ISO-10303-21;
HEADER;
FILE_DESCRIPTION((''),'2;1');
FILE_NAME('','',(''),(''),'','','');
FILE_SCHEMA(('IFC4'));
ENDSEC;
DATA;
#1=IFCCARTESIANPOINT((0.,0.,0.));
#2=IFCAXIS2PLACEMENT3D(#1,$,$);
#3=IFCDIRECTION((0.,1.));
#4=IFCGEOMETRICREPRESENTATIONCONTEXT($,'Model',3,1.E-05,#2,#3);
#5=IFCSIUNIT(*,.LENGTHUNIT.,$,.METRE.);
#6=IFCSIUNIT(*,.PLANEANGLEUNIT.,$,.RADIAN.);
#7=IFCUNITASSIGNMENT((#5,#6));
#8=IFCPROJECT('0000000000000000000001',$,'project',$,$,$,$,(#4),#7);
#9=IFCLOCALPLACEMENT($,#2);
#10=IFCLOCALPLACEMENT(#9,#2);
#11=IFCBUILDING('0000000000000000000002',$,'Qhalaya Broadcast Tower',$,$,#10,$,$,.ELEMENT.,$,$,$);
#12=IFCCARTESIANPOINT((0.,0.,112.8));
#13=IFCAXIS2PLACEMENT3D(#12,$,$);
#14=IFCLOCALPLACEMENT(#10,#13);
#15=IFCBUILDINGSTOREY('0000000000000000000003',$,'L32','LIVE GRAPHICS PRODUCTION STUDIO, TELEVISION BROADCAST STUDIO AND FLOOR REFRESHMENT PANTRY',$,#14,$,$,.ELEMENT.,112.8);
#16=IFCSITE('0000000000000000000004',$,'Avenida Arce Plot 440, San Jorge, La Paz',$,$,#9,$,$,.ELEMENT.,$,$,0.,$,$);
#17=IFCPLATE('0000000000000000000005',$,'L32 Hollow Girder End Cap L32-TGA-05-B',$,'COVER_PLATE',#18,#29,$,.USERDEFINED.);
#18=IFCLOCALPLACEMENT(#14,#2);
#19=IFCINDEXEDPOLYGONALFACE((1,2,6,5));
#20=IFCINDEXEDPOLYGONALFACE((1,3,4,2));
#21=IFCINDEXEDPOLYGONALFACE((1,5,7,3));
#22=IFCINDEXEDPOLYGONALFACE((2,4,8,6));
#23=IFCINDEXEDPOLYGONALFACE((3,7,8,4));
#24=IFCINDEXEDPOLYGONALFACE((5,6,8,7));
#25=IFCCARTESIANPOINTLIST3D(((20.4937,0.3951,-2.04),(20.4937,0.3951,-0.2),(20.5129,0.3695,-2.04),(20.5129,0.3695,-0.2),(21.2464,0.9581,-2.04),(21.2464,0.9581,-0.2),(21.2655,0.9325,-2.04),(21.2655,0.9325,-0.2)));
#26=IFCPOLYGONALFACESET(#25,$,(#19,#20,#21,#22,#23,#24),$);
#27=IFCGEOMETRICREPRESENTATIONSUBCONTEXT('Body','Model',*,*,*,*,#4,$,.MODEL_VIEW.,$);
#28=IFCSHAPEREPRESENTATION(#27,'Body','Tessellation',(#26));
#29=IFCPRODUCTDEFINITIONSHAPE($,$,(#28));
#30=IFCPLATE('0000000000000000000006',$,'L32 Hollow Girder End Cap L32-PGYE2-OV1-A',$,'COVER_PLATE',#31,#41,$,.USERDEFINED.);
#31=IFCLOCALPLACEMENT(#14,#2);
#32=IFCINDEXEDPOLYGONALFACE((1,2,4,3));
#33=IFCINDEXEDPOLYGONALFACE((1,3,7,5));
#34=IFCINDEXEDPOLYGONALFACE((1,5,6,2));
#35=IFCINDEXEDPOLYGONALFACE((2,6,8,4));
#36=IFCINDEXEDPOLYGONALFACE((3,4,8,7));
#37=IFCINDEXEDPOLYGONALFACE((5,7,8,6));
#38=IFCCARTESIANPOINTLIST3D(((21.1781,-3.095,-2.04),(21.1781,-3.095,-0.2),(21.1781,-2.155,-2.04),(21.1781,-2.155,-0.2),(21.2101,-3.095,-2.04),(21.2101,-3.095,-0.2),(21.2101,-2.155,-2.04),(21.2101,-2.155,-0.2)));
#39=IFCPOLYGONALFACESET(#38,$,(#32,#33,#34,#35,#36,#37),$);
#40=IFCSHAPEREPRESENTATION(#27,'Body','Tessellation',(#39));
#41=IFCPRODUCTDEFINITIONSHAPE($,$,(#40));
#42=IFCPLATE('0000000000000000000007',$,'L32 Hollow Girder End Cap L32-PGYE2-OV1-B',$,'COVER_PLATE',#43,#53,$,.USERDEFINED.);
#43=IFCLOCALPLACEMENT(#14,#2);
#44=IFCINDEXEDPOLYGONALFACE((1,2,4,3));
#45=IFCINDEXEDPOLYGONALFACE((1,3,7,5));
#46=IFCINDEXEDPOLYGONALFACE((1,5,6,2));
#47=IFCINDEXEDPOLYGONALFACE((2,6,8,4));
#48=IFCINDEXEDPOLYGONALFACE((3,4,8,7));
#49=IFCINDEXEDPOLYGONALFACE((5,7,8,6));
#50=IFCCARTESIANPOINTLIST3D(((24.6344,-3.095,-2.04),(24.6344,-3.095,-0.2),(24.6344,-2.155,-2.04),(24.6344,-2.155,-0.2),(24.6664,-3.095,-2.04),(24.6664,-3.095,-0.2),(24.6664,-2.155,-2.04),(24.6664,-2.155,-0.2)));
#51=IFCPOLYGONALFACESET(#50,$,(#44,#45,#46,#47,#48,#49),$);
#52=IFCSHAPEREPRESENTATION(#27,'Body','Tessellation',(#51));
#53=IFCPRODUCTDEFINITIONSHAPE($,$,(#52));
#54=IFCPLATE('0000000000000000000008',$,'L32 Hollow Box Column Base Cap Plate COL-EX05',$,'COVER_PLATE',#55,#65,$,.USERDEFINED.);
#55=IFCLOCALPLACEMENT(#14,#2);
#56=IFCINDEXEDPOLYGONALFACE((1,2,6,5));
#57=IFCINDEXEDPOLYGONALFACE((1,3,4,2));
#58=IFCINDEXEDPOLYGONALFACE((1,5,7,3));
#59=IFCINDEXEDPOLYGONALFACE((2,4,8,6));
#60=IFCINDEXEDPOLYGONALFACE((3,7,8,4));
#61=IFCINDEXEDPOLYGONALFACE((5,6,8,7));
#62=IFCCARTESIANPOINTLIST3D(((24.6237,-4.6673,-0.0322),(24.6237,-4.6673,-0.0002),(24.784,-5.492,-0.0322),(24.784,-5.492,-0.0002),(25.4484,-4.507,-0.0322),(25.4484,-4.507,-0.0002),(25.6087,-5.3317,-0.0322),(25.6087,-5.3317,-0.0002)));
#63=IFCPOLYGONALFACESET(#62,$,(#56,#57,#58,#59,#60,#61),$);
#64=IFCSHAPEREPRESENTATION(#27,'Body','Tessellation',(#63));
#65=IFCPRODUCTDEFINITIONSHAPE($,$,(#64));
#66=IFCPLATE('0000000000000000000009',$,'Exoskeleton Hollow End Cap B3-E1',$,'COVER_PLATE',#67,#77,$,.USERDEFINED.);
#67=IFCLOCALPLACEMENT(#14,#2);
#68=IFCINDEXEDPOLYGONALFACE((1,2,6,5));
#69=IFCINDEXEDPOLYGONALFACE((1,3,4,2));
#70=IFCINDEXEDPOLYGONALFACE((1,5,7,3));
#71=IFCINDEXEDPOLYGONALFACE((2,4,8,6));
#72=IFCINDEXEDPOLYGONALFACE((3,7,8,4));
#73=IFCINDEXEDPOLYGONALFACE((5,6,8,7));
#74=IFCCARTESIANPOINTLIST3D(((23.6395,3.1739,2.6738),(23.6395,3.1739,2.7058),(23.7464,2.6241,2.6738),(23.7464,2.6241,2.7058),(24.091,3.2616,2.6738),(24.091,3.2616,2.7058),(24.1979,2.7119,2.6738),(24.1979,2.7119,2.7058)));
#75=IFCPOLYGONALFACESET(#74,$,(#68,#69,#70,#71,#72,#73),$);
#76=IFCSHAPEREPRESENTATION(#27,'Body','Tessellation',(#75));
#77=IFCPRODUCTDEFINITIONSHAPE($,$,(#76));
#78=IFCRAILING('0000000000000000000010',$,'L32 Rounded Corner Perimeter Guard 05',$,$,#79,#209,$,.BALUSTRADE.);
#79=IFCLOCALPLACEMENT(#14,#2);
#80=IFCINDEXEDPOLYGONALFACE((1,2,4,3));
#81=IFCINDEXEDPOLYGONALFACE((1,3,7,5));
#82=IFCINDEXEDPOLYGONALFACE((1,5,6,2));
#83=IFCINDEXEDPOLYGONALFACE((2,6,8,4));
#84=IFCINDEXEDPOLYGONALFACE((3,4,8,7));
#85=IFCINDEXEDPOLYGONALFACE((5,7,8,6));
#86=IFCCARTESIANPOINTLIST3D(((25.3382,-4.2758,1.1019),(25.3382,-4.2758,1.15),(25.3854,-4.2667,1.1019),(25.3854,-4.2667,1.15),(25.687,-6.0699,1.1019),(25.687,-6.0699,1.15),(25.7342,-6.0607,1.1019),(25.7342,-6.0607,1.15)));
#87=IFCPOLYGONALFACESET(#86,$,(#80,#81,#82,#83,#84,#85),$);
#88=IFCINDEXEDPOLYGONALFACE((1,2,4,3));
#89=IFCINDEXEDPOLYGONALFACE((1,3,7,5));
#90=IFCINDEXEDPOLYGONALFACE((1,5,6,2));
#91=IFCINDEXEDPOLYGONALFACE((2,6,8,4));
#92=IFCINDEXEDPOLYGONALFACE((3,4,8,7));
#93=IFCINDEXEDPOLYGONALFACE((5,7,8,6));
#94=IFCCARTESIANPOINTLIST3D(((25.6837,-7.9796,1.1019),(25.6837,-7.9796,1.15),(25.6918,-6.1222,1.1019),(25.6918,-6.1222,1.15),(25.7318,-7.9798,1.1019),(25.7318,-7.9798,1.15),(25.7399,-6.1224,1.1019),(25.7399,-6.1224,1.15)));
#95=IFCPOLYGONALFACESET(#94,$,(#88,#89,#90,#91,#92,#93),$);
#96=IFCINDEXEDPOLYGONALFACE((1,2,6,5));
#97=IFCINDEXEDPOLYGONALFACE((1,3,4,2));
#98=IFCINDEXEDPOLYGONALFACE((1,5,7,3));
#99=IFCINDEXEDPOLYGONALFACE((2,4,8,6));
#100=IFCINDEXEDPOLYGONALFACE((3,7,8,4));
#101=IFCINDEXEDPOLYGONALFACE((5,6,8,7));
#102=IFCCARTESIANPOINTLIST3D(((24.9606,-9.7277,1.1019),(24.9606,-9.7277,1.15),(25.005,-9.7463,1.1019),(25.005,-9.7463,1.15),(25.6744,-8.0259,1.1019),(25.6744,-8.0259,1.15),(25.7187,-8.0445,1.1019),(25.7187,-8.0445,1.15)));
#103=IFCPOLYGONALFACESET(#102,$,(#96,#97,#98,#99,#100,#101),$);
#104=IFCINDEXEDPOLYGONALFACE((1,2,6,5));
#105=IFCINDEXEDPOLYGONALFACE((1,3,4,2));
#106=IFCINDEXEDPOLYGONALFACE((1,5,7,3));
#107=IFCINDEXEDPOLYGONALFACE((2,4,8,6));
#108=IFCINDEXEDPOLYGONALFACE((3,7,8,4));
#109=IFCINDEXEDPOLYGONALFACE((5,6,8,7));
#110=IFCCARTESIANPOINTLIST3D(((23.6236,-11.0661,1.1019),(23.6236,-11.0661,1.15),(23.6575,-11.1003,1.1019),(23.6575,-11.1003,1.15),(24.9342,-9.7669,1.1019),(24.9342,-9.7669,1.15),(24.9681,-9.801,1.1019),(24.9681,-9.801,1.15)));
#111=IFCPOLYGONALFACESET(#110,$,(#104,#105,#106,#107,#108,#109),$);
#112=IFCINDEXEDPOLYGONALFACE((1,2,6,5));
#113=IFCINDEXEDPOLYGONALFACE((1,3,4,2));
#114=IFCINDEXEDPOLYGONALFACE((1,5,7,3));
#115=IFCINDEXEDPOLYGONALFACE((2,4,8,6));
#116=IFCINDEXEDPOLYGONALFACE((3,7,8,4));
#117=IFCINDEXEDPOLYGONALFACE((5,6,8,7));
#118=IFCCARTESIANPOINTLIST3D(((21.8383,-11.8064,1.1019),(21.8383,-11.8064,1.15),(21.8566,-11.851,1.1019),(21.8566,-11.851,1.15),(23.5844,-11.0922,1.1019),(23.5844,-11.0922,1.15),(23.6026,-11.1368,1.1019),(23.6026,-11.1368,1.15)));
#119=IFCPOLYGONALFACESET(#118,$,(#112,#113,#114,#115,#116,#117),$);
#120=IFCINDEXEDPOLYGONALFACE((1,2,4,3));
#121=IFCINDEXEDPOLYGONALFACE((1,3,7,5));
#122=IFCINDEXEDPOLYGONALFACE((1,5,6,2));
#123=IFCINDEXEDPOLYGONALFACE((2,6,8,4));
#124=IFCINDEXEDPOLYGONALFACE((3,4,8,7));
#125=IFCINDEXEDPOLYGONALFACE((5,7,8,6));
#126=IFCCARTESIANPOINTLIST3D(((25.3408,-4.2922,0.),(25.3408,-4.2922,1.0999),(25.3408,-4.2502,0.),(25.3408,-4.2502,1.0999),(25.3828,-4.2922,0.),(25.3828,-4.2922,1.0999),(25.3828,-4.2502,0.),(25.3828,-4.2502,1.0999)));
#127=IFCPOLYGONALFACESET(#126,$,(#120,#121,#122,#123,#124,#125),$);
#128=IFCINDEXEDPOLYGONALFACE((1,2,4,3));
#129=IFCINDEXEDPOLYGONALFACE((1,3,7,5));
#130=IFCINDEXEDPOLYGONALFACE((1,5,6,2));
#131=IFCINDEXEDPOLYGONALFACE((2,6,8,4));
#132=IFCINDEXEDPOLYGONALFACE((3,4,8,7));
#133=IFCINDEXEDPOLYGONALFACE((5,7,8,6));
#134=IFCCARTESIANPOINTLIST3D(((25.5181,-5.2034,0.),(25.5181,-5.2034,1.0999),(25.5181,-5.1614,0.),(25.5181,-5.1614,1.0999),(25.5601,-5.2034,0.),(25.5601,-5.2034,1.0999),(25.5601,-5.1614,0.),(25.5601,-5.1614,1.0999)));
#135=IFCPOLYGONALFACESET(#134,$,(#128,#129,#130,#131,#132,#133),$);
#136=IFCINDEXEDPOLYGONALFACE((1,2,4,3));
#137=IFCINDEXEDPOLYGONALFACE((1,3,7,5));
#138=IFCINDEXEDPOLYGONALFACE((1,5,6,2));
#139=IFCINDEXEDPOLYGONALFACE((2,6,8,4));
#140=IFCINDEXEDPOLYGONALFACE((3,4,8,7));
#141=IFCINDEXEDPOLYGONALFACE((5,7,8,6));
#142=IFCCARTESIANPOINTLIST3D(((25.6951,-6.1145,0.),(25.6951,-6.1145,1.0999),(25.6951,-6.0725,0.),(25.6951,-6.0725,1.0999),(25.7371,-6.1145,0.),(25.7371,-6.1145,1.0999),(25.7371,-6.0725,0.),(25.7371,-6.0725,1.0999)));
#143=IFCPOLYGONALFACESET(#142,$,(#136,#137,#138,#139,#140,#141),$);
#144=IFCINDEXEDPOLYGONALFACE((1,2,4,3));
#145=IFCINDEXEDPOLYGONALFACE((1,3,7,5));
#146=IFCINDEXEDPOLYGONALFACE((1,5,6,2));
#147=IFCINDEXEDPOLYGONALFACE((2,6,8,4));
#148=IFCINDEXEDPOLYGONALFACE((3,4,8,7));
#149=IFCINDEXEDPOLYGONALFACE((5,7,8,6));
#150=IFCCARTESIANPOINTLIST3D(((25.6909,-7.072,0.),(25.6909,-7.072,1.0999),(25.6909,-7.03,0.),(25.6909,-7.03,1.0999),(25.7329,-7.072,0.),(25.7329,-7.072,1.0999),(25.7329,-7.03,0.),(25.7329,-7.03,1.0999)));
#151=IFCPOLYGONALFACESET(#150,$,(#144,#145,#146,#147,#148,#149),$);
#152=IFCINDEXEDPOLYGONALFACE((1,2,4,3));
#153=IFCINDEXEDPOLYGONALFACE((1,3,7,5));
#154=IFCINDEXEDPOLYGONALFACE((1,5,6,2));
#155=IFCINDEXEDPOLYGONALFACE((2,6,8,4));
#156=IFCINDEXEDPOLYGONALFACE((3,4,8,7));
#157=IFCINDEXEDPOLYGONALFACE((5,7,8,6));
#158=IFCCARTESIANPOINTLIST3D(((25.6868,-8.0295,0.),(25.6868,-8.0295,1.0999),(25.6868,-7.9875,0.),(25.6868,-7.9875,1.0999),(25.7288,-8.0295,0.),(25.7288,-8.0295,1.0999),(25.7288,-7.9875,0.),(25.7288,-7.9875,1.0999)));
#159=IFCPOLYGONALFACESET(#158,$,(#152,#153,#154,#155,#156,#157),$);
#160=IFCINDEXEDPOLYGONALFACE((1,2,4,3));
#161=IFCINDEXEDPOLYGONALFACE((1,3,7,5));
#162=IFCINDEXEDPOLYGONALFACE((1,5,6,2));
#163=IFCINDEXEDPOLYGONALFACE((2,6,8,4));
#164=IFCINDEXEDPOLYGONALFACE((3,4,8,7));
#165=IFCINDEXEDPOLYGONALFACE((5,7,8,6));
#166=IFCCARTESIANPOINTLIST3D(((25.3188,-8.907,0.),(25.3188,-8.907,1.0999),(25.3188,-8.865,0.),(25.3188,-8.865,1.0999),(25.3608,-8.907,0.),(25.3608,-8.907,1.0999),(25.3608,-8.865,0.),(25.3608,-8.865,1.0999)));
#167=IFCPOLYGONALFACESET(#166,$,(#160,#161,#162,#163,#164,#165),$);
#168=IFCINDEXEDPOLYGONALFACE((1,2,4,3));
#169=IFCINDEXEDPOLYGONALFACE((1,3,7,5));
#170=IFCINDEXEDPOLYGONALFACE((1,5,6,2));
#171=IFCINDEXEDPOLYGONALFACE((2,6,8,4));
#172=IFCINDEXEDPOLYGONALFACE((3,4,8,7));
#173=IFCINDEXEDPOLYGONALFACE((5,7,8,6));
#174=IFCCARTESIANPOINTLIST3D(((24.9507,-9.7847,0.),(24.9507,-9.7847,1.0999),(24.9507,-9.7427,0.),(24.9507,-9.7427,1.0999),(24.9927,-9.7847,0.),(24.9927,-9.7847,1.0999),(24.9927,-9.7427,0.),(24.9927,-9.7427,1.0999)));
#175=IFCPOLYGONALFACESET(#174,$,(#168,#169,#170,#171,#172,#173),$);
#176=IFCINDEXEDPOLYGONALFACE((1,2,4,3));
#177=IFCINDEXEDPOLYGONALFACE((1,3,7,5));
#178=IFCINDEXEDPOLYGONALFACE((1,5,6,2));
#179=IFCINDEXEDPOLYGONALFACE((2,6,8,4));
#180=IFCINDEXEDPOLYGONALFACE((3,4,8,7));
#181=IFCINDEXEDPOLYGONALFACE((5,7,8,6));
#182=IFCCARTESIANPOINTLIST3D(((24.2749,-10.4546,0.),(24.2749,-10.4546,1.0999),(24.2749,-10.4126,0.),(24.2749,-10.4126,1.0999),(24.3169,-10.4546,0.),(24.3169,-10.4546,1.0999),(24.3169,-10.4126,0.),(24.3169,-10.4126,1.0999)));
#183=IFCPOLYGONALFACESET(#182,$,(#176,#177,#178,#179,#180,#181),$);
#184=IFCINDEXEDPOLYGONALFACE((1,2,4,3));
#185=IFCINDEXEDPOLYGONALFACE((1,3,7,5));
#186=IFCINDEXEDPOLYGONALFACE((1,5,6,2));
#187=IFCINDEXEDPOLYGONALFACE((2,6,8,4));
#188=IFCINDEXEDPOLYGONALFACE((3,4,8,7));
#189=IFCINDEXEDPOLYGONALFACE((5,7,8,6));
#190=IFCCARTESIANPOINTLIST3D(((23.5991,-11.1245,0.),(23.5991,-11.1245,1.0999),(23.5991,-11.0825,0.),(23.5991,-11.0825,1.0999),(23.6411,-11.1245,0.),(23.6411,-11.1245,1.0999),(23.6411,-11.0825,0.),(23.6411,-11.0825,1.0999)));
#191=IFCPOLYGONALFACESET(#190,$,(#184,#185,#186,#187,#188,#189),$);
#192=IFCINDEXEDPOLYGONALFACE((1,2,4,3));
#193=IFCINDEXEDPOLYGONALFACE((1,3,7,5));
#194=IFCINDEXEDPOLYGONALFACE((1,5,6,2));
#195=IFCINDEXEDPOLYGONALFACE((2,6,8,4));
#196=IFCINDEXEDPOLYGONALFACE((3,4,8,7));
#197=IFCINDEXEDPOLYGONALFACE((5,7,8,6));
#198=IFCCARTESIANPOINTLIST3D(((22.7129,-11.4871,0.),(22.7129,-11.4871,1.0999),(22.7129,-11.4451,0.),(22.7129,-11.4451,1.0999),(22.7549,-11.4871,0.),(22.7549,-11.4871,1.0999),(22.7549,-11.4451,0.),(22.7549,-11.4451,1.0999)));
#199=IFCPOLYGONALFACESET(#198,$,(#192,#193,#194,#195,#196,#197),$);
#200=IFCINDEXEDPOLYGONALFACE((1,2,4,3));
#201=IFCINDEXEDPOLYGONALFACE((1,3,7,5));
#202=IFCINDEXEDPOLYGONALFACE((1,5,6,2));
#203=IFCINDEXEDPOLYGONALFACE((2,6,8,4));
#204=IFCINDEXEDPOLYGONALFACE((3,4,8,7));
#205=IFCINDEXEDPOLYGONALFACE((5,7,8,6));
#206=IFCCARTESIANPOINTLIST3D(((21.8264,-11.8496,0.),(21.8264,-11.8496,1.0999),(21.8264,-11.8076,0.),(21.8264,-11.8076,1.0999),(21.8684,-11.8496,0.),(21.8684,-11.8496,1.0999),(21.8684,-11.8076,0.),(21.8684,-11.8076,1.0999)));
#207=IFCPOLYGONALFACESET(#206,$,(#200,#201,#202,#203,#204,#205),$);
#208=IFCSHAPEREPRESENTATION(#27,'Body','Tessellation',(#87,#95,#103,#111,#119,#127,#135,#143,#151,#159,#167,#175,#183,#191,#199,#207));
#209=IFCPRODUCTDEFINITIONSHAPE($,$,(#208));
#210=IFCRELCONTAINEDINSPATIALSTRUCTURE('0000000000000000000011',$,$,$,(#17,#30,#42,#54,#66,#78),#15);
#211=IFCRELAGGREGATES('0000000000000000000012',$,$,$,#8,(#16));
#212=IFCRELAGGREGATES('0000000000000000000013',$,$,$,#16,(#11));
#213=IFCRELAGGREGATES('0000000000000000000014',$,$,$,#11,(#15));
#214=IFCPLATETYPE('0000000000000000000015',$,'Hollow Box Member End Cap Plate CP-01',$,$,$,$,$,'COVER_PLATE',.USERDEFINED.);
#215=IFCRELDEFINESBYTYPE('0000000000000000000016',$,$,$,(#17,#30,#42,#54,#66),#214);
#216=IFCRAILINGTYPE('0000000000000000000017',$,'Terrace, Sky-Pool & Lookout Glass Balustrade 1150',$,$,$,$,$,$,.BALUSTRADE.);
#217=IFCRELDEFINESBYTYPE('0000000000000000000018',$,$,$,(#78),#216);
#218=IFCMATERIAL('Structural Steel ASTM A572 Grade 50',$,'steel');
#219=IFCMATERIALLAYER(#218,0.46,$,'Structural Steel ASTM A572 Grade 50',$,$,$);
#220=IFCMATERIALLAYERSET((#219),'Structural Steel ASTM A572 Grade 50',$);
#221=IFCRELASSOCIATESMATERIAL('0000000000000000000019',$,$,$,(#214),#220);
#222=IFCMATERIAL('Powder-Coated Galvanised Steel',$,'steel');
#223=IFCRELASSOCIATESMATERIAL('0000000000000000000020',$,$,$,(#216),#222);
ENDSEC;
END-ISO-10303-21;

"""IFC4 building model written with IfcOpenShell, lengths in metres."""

from ifc_helpers import new_model, si_unit, direction, frame, origin, origin_2d, place, context, subcontext, project, spatial, rectangle, extrude, material, layer, layer_set, type_object, element, save


model = new_model("IFC4")

# Units and contexts
model_context = context("Model", 3, precision=1e-05, world=origin(), true_north=direction((0.0, 1.0)))
body_context = subcontext(model_context, "Body", "Model", "MODEL_VIEW")
ifc_project = project(units=[si_unit("LENGTHUNIT", "METRE"), si_unit("PLANEANGLEUNIT", "RADIAN")], contexts=[model_context])

# Site, building, storey
site_placement = place(None, origin())
site = spatial("IfcSite", under=ifc_project, at=site_placement, Name="Avenida Arce Plot 440, San Jorge, La Paz", CompositionType="ELEMENT", RefElevation=0.0)
building_placement = place(site_placement, origin())
building = spatial("IfcBuilding", under=site, at=building_placement, Name="Qhalaya Broadcast Tower", CompositionType="ELEMENT")
storey_placement = place(building_placement, frame((0.0, 0.0, 112.8)))
storey = spatial("IfcBuildingStorey", under=building, at=storey_placement, Name="L32", Description="LIVE GRAPHICS PRODUCTION STUDIO, TELEVISION BROADCAST STUDIO AND FLOOR REFRESHMENT PANTRY", CompositionType="ELEMENT", Elevation=112.8)

# Shared definitions
ifc_material_1 = material(Name="Structural Steel ASTM A572 Grade 50", Category="steel")

# Plates
ifc_layer_1 = layer(ifc_material_1, 0.46, Name="Structural Steel ASTM A572 Grade 50")
ifc_layer_set_1 = layer_set([ifc_layer_1], Name="Structural Steel ASTM A572 Grade 50")
plate_type_1 = type_object("IfcPlateType", Name="Hollow Box Member End Cap Plate CP-01", ElementType="COVER_PLATE", PredefinedType="USERDEFINED", material=ifc_layer_set_1)
for number, where, z_axis, x_axis, name in (
    (1, (20.8796, 0.6638, -2.04), (0.0, 0.0, 1.0), (0.800731, 0.599024, 0.0), "L32 Hollow Girder End Cap L32-TGA-05-B"),
    (2, (21.1941, -2.625, -2.04), (0.0, 0.0, 1.0), (0.0, 1.0, 0.0), "L32 Hollow Girder End Cap L32-PGYE2-OV1-A"),
    (3, (24.6504, -2.625, -2.04), (0.0, 0.0, 1.0), (0.0, 1.0, 0.0), "L32 Hollow Girder End Cap L32-PGYE2-OV1-B"),
):
    element("IfcPlate", number, at=place(storey_placement, frame(where, z_axis=z_axis, x_axis=x_axis)), inside=storey, type_object=plate_type_1, Name=name, ObjectType="COVER_PLATE", PredefinedType="USERDEFINED", context=body_context, shape_type="SweptSolid", body=[
        extrude(rectangle(XDim=0.9399, YDim=0.032, at=origin_2d()), origin(), (0.0, 0.0, 1.0), 1.8401),
    ])
plate_1_placement = place(storey_placement, frame((25.1162, -4.9995, -0.0322), z_axis=(0.0, 0.0, 1.0), x_axis=(-0.190809, 0.981627, 0.0)))
element("IfcPlate", 4, at=plate_1_placement, inside=storey, type_object=plate_type_1, Name="L32 Hollow Box Column Base Cap Plate COL-EX05", ObjectType="COVER_PLATE", PredefinedType="USERDEFINED", context=body_context, shape_type="SweptSolid", body=[
    extrude(rectangle(XDim=0.8401, YDim=0.8401, at=origin_2d()), origin(), (0.0, 0.0, 1.0), 0.032),
])
plate_2_placement = place(storey_placement, frame((23.9187, 2.9429, 2.6738), z_axis=(0.0, 0.0, 1.0), x_axis=(-0.190809, 0.981627, 0.0)))
element("IfcPlate", 5, at=plate_2_placement, inside=storey, type_object=plate_type_1, Name="Exoskeleton Hollow End Cap B3-E1", ObjectType="COVER_PLATE", PredefinedType="USERDEFINED", context=body_context, shape_type="SweptSolid", body=[
    extrude(rectangle(XDim=0.5601, YDim=0.46, at=origin_2d()), origin(), (0.0, 0.0, 1.0), 0.032),
])

# Railing
ifc_material_2 = material(Name="Powder-Coated Galvanised Steel", Category="steel")
railing_type = type_object("IfcRailingType", Name="Terrace, Sky-Pool & Lookout Glass Balustrade 1150", PredefinedType="BALUSTRADE", material=ifc_material_2)
railing_placement = place(storey_placement, frame((25.3618, -4.2712, 0.0)))
element("IfcRailing", 6, at=railing_placement, inside=storey, type_object=railing_type, Name="L32 Rounded Corner Perimeter Guard 05", PredefinedType="BALUSTRADE", context=body_context, shape_type="SweptSolid", body=[
    extrude(rectangle(XDim=0.0481, YDim=0.0481, at=origin_2d()), frame((0.0, 0.0, 1.126), z_axis=(0.190827, -0.981624, 0.0), x_axis=(0.981624, 0.190827, 0.0)), (0.0, 0.0, 1.0), 1.8276),
    extrude(rectangle(XDim=0.0481, YDim=0.0481, at=origin_2d()), frame((0.354, -1.8511, 1.126), z_axis=(-0.004334, -0.999991, 0.0), x_axis=(0.999991, -0.004334, 0.0)), (0.0, 0.0, 1.0), 1.8574),
    extrude(rectangle(XDim=0.0481, YDim=0.0481, at=origin_2d()), frame((0.3347, -3.7639, 1.126), z_axis=(-0.386755, -0.922183, 0.0), x_axis=(0.922183, -0.386755, 0.0)), (0.0, 0.0, 1.0), 1.8455),
    extrude(rectangle(XDim=0.0481, YDim=0.0481, at=origin_2d()), frame((-0.4106, -5.5127, 1.126), z_axis=(-0.710179, -0.704021, 0.0), x_axis=(0.704021, -0.710179, 0.0)), (0.0, 0.0, 1.0), 1.8455),
    extrude(rectangle(XDim=0.0481, YDim=0.0481, at=origin_2d()), frame((-1.7683, -6.8433, 1.126), z_axis=(-0.925565, -0.378588, 0.0), x_axis=(0.378588, -0.925565, 0.0)), (0.0, 0.0, 1.0), 1.8865),
    extrude(rectangle(XDim=0.042, YDim=0.042, at=origin_2d()), origin(), (0.0, 0.0, 1.0), 1.0999),
    extrude(rectangle(XDim=0.042, YDim=0.042, at=origin_2d()), frame((0.1772, -0.9111, 0.0)), (0.0, 0.0, 1.0), 1.0999),
    extrude(rectangle(XDim=0.042, YDim=0.042, at=origin_2d()), frame((0.3542, -1.8223, 0.0)), (0.0, 0.0, 1.0), 1.0999),
    extrude(rectangle(XDim=0.042, YDim=0.042, at=origin_2d()), frame((0.3501, -2.7798, 0.0)), (0.0, 0.0, 1.0), 1.0999),
    extrude(rectangle(XDim=0.042, YDim=0.042, at=origin_2d()), frame((0.3459, -3.7373, 0.0)), (0.0, 0.0, 1.0), 1.0999),
    extrude(rectangle(XDim=0.042, YDim=0.042, at=origin_2d()), frame((-0.022, -4.6147, 0.0)), (0.0, 0.0, 1.0), 1.0999),
    extrude(rectangle(XDim=0.042, YDim=0.042, at=origin_2d()), frame((-0.3901, -5.4924, 0.0)), (0.0, 0.0, 1.0), 1.0999),
    extrude(rectangle(XDim=0.042, YDim=0.042, at=origin_2d()), frame((-1.0659, -6.1624, 0.0)), (0.0, 0.0, 1.0), 1.0999),
    extrude(rectangle(XDim=0.042, YDim=0.042, at=origin_2d()), frame((-1.7417, -6.8323, 0.0)), (0.0, 0.0, 1.0), 1.0999),
    extrude(rectangle(XDim=0.042, YDim=0.042, at=origin_2d()), frame((-2.6279, -7.1948, 0.0)), (0.0, 0.0, 1.0), 1.0999),
    extrude(rectangle(XDim=0.042, YDim=0.042, at=origin_2d()), frame((-3.5144, -7.5574, 0.0)), (0.0, 0.0, 1.0), 1.0999),
])

save(model, "model.ifc")
